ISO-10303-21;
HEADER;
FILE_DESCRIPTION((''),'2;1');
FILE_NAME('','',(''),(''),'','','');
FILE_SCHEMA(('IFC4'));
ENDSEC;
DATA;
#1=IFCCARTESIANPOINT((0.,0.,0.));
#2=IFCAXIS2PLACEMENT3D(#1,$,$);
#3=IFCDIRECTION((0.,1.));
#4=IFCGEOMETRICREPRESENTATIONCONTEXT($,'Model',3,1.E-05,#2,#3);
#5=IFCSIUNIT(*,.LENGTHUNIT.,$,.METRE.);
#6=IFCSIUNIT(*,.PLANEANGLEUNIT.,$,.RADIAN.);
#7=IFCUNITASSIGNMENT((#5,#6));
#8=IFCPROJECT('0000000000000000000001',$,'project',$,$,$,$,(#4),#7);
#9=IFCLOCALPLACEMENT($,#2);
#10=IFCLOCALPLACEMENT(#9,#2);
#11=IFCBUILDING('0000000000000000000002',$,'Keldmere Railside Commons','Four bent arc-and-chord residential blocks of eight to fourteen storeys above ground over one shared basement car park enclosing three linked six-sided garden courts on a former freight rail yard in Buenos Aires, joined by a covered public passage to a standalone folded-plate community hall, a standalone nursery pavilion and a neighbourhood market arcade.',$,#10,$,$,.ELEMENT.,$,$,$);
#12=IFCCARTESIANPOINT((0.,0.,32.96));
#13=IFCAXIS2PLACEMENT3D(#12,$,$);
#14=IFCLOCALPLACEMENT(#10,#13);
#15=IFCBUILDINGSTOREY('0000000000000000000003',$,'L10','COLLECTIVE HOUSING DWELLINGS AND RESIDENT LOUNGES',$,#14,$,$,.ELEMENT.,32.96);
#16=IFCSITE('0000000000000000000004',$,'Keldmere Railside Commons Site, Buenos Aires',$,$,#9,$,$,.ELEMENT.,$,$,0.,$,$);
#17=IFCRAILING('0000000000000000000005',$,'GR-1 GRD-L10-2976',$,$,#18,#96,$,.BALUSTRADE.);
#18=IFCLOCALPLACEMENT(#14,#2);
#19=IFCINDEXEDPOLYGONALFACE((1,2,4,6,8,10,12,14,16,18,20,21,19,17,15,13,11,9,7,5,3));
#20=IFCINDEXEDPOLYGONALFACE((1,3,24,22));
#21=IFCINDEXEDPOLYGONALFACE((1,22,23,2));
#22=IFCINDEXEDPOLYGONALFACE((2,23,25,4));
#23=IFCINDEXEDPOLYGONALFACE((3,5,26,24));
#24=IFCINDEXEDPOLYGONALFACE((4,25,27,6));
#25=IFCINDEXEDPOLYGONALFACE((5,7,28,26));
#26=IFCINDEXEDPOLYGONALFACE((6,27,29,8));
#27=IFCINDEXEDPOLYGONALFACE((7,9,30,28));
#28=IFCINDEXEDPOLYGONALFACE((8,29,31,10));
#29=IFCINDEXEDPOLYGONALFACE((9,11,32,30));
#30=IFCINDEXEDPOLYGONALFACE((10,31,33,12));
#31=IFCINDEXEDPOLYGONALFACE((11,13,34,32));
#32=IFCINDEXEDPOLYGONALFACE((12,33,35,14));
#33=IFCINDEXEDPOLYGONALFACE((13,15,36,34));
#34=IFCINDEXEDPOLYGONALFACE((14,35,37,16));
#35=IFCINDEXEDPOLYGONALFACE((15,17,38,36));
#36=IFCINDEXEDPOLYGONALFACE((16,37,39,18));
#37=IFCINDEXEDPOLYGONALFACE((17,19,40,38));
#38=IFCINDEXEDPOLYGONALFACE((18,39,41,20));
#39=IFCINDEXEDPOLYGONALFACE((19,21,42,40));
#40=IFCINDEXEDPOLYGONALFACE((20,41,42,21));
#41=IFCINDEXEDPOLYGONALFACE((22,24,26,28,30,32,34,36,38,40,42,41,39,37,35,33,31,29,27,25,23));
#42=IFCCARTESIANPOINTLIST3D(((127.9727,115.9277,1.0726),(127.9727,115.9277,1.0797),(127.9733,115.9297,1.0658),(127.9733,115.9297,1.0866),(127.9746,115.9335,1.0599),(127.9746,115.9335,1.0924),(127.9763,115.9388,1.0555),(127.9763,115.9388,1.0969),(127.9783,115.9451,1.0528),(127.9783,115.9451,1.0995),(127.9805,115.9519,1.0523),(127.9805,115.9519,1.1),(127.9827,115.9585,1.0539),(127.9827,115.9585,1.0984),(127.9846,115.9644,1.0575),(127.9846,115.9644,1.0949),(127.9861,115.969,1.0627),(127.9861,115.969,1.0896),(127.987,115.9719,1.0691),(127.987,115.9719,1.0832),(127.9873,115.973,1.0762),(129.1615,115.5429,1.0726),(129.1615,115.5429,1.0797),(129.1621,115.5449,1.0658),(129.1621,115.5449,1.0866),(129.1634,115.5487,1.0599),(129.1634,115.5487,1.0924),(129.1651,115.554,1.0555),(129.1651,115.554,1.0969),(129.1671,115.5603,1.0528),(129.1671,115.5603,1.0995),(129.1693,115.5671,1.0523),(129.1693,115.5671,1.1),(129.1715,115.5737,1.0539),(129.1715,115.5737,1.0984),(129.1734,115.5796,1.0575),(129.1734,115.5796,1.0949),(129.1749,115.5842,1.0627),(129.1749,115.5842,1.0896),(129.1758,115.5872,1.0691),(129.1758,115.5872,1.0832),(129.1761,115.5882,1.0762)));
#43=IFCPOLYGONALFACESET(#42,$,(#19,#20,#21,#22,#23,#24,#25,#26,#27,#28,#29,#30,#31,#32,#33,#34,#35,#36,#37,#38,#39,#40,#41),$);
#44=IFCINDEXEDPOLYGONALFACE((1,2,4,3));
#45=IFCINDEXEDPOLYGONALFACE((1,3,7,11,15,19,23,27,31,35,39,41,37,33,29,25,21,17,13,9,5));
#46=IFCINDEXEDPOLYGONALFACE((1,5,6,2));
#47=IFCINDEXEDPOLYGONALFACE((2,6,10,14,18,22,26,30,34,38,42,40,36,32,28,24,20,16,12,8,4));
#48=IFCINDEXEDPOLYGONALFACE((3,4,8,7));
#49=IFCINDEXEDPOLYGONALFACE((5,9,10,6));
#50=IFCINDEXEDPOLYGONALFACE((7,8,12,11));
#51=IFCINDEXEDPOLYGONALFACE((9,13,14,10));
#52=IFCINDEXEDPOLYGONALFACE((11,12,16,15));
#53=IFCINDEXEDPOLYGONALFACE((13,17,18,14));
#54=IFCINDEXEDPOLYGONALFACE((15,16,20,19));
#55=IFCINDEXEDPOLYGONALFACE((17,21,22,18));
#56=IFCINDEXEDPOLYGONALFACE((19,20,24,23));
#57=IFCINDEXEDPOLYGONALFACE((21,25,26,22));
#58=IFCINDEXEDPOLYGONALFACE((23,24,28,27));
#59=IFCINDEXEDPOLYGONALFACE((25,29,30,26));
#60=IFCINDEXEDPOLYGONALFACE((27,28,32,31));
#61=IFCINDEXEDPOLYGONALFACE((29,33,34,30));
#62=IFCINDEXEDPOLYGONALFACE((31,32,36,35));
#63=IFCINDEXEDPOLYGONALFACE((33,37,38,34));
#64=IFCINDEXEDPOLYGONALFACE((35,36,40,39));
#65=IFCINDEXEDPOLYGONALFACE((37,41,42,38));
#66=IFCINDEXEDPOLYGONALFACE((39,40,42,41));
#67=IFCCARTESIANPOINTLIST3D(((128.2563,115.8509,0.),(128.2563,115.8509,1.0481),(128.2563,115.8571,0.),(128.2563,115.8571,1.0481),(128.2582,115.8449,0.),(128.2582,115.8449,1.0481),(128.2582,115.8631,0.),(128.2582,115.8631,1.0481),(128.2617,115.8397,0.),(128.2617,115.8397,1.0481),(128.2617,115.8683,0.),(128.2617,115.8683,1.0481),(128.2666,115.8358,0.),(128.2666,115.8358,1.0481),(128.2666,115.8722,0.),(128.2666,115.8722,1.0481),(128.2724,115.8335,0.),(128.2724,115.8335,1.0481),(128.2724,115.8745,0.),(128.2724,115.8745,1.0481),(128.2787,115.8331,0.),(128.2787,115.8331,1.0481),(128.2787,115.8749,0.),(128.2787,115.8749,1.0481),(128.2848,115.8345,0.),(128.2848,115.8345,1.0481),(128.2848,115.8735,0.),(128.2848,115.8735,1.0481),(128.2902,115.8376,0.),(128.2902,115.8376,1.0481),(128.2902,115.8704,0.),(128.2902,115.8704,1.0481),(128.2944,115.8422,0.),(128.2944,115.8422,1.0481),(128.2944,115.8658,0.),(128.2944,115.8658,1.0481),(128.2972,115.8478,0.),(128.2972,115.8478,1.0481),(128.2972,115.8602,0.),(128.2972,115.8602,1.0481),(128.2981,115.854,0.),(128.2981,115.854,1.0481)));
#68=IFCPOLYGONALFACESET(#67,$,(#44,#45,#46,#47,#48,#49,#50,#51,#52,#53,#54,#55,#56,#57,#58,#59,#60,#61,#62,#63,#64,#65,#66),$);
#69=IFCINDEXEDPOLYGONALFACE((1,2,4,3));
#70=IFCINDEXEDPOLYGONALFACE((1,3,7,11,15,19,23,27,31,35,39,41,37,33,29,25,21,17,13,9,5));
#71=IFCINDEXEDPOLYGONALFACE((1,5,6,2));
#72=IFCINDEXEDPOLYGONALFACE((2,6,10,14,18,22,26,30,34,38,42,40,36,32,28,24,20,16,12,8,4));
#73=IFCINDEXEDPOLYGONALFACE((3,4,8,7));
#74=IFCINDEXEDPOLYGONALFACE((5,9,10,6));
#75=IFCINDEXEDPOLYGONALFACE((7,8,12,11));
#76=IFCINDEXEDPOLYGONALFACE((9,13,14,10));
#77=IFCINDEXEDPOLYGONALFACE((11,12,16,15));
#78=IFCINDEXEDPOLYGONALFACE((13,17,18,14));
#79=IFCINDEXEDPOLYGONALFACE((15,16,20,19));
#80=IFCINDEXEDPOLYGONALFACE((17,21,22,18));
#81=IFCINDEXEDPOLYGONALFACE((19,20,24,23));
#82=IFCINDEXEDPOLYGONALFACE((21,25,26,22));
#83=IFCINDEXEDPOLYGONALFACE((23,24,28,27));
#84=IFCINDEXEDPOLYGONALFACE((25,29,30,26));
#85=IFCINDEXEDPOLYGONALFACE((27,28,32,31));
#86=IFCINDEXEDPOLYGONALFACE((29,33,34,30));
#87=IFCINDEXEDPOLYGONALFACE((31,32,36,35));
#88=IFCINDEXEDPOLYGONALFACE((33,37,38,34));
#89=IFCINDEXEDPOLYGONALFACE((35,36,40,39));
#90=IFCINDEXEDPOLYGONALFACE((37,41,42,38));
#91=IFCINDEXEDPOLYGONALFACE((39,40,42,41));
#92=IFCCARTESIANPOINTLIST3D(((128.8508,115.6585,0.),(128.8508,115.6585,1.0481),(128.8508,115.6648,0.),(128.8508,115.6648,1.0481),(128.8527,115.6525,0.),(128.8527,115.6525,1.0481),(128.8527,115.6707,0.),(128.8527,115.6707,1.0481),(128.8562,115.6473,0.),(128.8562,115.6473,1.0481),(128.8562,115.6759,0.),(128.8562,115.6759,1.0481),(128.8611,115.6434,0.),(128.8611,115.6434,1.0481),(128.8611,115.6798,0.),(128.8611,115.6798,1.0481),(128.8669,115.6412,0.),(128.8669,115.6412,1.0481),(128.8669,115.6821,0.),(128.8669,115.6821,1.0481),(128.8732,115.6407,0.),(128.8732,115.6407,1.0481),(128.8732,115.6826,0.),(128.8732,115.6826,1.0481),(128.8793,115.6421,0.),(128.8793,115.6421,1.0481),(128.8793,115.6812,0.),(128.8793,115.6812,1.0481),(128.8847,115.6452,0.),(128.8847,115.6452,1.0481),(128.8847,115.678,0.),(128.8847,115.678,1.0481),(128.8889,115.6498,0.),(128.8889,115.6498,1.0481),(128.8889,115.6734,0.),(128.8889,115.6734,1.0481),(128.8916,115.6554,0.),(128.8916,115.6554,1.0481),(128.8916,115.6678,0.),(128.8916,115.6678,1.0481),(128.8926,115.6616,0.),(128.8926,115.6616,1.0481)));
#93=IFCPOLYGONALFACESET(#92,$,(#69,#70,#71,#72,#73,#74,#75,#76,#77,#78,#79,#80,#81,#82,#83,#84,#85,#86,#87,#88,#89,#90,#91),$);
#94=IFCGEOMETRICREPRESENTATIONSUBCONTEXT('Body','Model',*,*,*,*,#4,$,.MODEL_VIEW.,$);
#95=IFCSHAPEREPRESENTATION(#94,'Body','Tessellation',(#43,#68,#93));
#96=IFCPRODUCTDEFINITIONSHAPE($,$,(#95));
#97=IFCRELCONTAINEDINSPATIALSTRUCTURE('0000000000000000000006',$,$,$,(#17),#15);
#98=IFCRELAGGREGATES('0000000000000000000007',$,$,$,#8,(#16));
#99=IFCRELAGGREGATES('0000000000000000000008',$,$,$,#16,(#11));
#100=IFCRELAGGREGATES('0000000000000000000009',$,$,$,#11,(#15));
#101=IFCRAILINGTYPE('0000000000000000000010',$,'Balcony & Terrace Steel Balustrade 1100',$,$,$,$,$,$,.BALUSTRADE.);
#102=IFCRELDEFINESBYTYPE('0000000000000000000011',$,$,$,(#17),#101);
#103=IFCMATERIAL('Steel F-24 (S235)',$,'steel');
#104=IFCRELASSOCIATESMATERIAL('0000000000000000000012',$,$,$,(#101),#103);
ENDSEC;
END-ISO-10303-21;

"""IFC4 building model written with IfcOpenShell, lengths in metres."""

from ifc_helpers import new_model, si_unit, direction, frame, origin, origin_2d, place, context, subcontext, project, spatial, circle, extrude, material, type_object, element, save


model = new_model("IFC4")

# Units and contexts
model_context = context("Model", 3, precision=1e-05, world=origin(), true_north=direction((0.0, 1.0)))
body_context = subcontext(model_context, "Body", "Model", "MODEL_VIEW")
ifc_project = project(units=[si_unit("LENGTHUNIT", "METRE"), si_unit("PLANEANGLEUNIT", "RADIAN")], contexts=[model_context])

# Site, building, storey
site_placement = place(None, origin())
site = spatial("IfcSite", under=ifc_project, at=site_placement, Name="Keldmere Railside Commons Site, Buenos Aires", CompositionType="ELEMENT", RefElevation=0.0)
building_placement = place(site_placement, origin())
building = spatial("IfcBuilding", under=site, at=building_placement, Name="Keldmere Railside Commons", Description="Four bent arc-and-chord residential blocks of eight to fourteen storeys above ground over one shared basement car park enclosing three linked six-sided garden courts on a former freight rail yard in Buenos Aires, joined by a covered public passage to a standalone folded-plate community hall, a standalone nursery pavilion and a neighbourhood market arcade.", CompositionType="ELEMENT")
storey_placement = place(building_placement, frame((0.0, 0.0, 32.96)))
storey = spatial("IfcBuildingStorey", under=building, at=storey_placement, Name="L10", Description="COLLECTIVE HOUSING DWELLINGS AND RESIDENT LOUNGES", CompositionType="ELEMENT", Elevation=32.96)

# Railing
ifc_material_1 = material(Name="Steel F-24 (S235)", Category="steel")
railing_type = type_object("IfcRailingType", Name="Balcony & Terrace Steel Balustrade 1100", PredefinedType="BALUSTRADE", material=ifc_material_1)
railing_1_placement = place(storey_placement, frame((127.98, 115.9502, 0.0)))
element("IfcRailing", 1, at=railing_1_placement, inside=storey, type_object=railing_type, Name="GR-1 GRD-L10-2976", PredefinedType="BALUSTRADE", context=body_context, shape_type="SweptSolid", body=[
    extrude(circle(Radius=0.0239, at=origin_2d()), frame((0.0, 0.0, 1.0762), z_axis=(0.951402, -0.30795, 0.0), x_axis=(0.30795, 0.951402, 0.0)), (0.0, 0.0, 1.0), 1.2495),
    extrude(circle(Radius=0.021, at=origin_2d()), frame((0.2971, -0.0962, 0.0)), (0.0, 0.0, 1.0), 1.0481),
    extrude(circle(Radius=0.021, at=origin_2d()), frame((0.8916, -0.2886, 0.0)), (0.0, 0.0, 1.0), 1.0481),
])

save(model, "model.ifc")
